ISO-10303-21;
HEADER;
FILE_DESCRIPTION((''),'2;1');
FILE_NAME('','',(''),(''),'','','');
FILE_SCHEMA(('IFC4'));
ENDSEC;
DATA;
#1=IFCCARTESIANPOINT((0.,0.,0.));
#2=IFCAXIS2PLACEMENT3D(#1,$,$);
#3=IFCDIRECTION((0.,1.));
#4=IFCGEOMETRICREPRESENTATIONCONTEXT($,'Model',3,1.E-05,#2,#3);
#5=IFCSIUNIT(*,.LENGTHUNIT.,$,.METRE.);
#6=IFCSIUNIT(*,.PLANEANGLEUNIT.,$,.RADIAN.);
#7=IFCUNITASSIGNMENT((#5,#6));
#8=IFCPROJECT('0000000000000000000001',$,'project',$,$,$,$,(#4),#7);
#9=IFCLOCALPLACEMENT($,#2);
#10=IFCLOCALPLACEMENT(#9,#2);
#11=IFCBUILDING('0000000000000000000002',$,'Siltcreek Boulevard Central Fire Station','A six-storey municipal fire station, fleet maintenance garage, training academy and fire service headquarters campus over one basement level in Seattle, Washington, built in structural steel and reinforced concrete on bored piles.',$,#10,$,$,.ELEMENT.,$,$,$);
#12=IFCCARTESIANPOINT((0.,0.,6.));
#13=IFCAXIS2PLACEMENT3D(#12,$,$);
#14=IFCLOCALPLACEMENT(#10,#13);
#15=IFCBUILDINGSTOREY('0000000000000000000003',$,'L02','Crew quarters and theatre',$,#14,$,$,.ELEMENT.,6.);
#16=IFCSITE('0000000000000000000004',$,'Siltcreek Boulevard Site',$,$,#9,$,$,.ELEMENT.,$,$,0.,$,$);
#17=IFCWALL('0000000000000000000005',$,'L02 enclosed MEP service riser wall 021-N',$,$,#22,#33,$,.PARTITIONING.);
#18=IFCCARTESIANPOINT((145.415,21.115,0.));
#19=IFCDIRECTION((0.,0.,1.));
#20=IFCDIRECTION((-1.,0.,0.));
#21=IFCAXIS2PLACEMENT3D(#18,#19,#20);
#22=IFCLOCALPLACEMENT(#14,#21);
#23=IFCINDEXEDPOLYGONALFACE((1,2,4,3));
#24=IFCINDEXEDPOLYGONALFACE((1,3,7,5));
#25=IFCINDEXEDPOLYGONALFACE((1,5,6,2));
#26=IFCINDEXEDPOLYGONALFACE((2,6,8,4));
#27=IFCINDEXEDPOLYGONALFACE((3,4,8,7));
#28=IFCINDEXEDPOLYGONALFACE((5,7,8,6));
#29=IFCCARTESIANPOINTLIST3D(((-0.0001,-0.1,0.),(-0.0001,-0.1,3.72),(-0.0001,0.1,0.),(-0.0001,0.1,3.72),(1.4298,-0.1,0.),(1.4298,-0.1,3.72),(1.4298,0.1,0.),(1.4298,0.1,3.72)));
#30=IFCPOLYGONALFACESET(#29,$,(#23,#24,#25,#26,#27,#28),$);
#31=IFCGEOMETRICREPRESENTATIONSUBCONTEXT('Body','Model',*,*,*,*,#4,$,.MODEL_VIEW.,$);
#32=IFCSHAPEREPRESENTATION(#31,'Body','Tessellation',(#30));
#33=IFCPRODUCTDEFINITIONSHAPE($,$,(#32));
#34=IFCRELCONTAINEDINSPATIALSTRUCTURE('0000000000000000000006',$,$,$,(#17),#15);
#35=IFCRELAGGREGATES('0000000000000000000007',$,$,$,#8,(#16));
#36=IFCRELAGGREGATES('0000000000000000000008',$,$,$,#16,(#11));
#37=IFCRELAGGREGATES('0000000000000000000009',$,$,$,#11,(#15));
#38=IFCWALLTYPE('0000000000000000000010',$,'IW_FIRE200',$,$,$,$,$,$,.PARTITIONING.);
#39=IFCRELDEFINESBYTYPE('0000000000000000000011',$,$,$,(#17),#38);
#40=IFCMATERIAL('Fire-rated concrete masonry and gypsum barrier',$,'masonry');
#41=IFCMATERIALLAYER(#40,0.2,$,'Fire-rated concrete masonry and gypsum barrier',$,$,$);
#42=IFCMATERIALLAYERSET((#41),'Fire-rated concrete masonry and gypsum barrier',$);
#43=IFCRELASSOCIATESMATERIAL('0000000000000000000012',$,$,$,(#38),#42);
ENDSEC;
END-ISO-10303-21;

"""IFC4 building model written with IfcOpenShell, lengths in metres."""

from ifc_helpers import new_model, si_unit, direction, frame, frame_2d, origin, place, context, subcontext, project, spatial, rectangle, extrude, material, layer, layer_set, type_object, element, save


model = new_model("IFC4")

# Units and contexts
model_context = context("Model", 3, precision=1e-05, world=origin(), true_north=direction((0.0, 1.0)))
body_context = subcontext(model_context, "Body", "Model", "MODEL_VIEW")
ifc_project = project(units=[si_unit("LENGTHUNIT", "METRE"), si_unit("PLANEANGLEUNIT", "RADIAN")], contexts=[model_context])

# Site, building, storey
site_placement = place(None, origin())
site = spatial("IfcSite", under=ifc_project, at=site_placement, Name="Siltcreek Boulevard Site", CompositionType="ELEMENT", RefElevation=0.0)
building_placement = place(site_placement, origin())
building = spatial("IfcBuilding", under=site, at=building_placement, Name="Siltcreek Boulevard Central Fire Station", Description="A six-storey municipal fire station, fleet maintenance garage, training academy and fire service headquarters campus over one basement level in Seattle, Washington, built in structural steel and reinforced concrete on bored piles.", CompositionType="ELEMENT")
storey_placement = place(building_placement, frame((0.0, 0.0, 6.0)))
storey = spatial("IfcBuildingStorey", under=building, at=storey_placement, Name="L02", Description="Crew quarters and theatre", CompositionType="ELEMENT", Elevation=6.0)

# Wall
ifc_material_1 = material(Name="Fire-rated concrete masonry and gypsum barrier", Category="masonry")
ifc_layer_1 = layer(ifc_material_1, 0.2, Name="Fire-rated concrete masonry and gypsum barrier")
ifc_layer_set_1 = layer_set([ifc_layer_1], Name="Fire-rated concrete masonry and gypsum barrier")
wall_type_1 = type_object("IfcWallType", Name="IW_FIRE200", PredefinedType="PARTITIONING", material=ifc_layer_set_1)
wall_1_placement = place(storey_placement, frame((145.415, 21.115, 0.0), z_axis=(0.0, 0.0, 1.0), x_axis=(-1.0, 0.0, 0.0)))
element("IfcWall", 1, at=wall_1_placement, inside=storey, type_object=wall_type_1, Name="L02 enclosed MEP service riser wall 021-N", PredefinedType="PARTITIONING", context=body_context, shape_type="SweptSolid", body=[
    extrude(rectangle(XDim=1.4299, YDim=0.2, at=frame_2d((0.7148, 0.0))), origin(), (0.0, 0.0, 1.0), 3.72),
])

save(model, "model.ifc")
